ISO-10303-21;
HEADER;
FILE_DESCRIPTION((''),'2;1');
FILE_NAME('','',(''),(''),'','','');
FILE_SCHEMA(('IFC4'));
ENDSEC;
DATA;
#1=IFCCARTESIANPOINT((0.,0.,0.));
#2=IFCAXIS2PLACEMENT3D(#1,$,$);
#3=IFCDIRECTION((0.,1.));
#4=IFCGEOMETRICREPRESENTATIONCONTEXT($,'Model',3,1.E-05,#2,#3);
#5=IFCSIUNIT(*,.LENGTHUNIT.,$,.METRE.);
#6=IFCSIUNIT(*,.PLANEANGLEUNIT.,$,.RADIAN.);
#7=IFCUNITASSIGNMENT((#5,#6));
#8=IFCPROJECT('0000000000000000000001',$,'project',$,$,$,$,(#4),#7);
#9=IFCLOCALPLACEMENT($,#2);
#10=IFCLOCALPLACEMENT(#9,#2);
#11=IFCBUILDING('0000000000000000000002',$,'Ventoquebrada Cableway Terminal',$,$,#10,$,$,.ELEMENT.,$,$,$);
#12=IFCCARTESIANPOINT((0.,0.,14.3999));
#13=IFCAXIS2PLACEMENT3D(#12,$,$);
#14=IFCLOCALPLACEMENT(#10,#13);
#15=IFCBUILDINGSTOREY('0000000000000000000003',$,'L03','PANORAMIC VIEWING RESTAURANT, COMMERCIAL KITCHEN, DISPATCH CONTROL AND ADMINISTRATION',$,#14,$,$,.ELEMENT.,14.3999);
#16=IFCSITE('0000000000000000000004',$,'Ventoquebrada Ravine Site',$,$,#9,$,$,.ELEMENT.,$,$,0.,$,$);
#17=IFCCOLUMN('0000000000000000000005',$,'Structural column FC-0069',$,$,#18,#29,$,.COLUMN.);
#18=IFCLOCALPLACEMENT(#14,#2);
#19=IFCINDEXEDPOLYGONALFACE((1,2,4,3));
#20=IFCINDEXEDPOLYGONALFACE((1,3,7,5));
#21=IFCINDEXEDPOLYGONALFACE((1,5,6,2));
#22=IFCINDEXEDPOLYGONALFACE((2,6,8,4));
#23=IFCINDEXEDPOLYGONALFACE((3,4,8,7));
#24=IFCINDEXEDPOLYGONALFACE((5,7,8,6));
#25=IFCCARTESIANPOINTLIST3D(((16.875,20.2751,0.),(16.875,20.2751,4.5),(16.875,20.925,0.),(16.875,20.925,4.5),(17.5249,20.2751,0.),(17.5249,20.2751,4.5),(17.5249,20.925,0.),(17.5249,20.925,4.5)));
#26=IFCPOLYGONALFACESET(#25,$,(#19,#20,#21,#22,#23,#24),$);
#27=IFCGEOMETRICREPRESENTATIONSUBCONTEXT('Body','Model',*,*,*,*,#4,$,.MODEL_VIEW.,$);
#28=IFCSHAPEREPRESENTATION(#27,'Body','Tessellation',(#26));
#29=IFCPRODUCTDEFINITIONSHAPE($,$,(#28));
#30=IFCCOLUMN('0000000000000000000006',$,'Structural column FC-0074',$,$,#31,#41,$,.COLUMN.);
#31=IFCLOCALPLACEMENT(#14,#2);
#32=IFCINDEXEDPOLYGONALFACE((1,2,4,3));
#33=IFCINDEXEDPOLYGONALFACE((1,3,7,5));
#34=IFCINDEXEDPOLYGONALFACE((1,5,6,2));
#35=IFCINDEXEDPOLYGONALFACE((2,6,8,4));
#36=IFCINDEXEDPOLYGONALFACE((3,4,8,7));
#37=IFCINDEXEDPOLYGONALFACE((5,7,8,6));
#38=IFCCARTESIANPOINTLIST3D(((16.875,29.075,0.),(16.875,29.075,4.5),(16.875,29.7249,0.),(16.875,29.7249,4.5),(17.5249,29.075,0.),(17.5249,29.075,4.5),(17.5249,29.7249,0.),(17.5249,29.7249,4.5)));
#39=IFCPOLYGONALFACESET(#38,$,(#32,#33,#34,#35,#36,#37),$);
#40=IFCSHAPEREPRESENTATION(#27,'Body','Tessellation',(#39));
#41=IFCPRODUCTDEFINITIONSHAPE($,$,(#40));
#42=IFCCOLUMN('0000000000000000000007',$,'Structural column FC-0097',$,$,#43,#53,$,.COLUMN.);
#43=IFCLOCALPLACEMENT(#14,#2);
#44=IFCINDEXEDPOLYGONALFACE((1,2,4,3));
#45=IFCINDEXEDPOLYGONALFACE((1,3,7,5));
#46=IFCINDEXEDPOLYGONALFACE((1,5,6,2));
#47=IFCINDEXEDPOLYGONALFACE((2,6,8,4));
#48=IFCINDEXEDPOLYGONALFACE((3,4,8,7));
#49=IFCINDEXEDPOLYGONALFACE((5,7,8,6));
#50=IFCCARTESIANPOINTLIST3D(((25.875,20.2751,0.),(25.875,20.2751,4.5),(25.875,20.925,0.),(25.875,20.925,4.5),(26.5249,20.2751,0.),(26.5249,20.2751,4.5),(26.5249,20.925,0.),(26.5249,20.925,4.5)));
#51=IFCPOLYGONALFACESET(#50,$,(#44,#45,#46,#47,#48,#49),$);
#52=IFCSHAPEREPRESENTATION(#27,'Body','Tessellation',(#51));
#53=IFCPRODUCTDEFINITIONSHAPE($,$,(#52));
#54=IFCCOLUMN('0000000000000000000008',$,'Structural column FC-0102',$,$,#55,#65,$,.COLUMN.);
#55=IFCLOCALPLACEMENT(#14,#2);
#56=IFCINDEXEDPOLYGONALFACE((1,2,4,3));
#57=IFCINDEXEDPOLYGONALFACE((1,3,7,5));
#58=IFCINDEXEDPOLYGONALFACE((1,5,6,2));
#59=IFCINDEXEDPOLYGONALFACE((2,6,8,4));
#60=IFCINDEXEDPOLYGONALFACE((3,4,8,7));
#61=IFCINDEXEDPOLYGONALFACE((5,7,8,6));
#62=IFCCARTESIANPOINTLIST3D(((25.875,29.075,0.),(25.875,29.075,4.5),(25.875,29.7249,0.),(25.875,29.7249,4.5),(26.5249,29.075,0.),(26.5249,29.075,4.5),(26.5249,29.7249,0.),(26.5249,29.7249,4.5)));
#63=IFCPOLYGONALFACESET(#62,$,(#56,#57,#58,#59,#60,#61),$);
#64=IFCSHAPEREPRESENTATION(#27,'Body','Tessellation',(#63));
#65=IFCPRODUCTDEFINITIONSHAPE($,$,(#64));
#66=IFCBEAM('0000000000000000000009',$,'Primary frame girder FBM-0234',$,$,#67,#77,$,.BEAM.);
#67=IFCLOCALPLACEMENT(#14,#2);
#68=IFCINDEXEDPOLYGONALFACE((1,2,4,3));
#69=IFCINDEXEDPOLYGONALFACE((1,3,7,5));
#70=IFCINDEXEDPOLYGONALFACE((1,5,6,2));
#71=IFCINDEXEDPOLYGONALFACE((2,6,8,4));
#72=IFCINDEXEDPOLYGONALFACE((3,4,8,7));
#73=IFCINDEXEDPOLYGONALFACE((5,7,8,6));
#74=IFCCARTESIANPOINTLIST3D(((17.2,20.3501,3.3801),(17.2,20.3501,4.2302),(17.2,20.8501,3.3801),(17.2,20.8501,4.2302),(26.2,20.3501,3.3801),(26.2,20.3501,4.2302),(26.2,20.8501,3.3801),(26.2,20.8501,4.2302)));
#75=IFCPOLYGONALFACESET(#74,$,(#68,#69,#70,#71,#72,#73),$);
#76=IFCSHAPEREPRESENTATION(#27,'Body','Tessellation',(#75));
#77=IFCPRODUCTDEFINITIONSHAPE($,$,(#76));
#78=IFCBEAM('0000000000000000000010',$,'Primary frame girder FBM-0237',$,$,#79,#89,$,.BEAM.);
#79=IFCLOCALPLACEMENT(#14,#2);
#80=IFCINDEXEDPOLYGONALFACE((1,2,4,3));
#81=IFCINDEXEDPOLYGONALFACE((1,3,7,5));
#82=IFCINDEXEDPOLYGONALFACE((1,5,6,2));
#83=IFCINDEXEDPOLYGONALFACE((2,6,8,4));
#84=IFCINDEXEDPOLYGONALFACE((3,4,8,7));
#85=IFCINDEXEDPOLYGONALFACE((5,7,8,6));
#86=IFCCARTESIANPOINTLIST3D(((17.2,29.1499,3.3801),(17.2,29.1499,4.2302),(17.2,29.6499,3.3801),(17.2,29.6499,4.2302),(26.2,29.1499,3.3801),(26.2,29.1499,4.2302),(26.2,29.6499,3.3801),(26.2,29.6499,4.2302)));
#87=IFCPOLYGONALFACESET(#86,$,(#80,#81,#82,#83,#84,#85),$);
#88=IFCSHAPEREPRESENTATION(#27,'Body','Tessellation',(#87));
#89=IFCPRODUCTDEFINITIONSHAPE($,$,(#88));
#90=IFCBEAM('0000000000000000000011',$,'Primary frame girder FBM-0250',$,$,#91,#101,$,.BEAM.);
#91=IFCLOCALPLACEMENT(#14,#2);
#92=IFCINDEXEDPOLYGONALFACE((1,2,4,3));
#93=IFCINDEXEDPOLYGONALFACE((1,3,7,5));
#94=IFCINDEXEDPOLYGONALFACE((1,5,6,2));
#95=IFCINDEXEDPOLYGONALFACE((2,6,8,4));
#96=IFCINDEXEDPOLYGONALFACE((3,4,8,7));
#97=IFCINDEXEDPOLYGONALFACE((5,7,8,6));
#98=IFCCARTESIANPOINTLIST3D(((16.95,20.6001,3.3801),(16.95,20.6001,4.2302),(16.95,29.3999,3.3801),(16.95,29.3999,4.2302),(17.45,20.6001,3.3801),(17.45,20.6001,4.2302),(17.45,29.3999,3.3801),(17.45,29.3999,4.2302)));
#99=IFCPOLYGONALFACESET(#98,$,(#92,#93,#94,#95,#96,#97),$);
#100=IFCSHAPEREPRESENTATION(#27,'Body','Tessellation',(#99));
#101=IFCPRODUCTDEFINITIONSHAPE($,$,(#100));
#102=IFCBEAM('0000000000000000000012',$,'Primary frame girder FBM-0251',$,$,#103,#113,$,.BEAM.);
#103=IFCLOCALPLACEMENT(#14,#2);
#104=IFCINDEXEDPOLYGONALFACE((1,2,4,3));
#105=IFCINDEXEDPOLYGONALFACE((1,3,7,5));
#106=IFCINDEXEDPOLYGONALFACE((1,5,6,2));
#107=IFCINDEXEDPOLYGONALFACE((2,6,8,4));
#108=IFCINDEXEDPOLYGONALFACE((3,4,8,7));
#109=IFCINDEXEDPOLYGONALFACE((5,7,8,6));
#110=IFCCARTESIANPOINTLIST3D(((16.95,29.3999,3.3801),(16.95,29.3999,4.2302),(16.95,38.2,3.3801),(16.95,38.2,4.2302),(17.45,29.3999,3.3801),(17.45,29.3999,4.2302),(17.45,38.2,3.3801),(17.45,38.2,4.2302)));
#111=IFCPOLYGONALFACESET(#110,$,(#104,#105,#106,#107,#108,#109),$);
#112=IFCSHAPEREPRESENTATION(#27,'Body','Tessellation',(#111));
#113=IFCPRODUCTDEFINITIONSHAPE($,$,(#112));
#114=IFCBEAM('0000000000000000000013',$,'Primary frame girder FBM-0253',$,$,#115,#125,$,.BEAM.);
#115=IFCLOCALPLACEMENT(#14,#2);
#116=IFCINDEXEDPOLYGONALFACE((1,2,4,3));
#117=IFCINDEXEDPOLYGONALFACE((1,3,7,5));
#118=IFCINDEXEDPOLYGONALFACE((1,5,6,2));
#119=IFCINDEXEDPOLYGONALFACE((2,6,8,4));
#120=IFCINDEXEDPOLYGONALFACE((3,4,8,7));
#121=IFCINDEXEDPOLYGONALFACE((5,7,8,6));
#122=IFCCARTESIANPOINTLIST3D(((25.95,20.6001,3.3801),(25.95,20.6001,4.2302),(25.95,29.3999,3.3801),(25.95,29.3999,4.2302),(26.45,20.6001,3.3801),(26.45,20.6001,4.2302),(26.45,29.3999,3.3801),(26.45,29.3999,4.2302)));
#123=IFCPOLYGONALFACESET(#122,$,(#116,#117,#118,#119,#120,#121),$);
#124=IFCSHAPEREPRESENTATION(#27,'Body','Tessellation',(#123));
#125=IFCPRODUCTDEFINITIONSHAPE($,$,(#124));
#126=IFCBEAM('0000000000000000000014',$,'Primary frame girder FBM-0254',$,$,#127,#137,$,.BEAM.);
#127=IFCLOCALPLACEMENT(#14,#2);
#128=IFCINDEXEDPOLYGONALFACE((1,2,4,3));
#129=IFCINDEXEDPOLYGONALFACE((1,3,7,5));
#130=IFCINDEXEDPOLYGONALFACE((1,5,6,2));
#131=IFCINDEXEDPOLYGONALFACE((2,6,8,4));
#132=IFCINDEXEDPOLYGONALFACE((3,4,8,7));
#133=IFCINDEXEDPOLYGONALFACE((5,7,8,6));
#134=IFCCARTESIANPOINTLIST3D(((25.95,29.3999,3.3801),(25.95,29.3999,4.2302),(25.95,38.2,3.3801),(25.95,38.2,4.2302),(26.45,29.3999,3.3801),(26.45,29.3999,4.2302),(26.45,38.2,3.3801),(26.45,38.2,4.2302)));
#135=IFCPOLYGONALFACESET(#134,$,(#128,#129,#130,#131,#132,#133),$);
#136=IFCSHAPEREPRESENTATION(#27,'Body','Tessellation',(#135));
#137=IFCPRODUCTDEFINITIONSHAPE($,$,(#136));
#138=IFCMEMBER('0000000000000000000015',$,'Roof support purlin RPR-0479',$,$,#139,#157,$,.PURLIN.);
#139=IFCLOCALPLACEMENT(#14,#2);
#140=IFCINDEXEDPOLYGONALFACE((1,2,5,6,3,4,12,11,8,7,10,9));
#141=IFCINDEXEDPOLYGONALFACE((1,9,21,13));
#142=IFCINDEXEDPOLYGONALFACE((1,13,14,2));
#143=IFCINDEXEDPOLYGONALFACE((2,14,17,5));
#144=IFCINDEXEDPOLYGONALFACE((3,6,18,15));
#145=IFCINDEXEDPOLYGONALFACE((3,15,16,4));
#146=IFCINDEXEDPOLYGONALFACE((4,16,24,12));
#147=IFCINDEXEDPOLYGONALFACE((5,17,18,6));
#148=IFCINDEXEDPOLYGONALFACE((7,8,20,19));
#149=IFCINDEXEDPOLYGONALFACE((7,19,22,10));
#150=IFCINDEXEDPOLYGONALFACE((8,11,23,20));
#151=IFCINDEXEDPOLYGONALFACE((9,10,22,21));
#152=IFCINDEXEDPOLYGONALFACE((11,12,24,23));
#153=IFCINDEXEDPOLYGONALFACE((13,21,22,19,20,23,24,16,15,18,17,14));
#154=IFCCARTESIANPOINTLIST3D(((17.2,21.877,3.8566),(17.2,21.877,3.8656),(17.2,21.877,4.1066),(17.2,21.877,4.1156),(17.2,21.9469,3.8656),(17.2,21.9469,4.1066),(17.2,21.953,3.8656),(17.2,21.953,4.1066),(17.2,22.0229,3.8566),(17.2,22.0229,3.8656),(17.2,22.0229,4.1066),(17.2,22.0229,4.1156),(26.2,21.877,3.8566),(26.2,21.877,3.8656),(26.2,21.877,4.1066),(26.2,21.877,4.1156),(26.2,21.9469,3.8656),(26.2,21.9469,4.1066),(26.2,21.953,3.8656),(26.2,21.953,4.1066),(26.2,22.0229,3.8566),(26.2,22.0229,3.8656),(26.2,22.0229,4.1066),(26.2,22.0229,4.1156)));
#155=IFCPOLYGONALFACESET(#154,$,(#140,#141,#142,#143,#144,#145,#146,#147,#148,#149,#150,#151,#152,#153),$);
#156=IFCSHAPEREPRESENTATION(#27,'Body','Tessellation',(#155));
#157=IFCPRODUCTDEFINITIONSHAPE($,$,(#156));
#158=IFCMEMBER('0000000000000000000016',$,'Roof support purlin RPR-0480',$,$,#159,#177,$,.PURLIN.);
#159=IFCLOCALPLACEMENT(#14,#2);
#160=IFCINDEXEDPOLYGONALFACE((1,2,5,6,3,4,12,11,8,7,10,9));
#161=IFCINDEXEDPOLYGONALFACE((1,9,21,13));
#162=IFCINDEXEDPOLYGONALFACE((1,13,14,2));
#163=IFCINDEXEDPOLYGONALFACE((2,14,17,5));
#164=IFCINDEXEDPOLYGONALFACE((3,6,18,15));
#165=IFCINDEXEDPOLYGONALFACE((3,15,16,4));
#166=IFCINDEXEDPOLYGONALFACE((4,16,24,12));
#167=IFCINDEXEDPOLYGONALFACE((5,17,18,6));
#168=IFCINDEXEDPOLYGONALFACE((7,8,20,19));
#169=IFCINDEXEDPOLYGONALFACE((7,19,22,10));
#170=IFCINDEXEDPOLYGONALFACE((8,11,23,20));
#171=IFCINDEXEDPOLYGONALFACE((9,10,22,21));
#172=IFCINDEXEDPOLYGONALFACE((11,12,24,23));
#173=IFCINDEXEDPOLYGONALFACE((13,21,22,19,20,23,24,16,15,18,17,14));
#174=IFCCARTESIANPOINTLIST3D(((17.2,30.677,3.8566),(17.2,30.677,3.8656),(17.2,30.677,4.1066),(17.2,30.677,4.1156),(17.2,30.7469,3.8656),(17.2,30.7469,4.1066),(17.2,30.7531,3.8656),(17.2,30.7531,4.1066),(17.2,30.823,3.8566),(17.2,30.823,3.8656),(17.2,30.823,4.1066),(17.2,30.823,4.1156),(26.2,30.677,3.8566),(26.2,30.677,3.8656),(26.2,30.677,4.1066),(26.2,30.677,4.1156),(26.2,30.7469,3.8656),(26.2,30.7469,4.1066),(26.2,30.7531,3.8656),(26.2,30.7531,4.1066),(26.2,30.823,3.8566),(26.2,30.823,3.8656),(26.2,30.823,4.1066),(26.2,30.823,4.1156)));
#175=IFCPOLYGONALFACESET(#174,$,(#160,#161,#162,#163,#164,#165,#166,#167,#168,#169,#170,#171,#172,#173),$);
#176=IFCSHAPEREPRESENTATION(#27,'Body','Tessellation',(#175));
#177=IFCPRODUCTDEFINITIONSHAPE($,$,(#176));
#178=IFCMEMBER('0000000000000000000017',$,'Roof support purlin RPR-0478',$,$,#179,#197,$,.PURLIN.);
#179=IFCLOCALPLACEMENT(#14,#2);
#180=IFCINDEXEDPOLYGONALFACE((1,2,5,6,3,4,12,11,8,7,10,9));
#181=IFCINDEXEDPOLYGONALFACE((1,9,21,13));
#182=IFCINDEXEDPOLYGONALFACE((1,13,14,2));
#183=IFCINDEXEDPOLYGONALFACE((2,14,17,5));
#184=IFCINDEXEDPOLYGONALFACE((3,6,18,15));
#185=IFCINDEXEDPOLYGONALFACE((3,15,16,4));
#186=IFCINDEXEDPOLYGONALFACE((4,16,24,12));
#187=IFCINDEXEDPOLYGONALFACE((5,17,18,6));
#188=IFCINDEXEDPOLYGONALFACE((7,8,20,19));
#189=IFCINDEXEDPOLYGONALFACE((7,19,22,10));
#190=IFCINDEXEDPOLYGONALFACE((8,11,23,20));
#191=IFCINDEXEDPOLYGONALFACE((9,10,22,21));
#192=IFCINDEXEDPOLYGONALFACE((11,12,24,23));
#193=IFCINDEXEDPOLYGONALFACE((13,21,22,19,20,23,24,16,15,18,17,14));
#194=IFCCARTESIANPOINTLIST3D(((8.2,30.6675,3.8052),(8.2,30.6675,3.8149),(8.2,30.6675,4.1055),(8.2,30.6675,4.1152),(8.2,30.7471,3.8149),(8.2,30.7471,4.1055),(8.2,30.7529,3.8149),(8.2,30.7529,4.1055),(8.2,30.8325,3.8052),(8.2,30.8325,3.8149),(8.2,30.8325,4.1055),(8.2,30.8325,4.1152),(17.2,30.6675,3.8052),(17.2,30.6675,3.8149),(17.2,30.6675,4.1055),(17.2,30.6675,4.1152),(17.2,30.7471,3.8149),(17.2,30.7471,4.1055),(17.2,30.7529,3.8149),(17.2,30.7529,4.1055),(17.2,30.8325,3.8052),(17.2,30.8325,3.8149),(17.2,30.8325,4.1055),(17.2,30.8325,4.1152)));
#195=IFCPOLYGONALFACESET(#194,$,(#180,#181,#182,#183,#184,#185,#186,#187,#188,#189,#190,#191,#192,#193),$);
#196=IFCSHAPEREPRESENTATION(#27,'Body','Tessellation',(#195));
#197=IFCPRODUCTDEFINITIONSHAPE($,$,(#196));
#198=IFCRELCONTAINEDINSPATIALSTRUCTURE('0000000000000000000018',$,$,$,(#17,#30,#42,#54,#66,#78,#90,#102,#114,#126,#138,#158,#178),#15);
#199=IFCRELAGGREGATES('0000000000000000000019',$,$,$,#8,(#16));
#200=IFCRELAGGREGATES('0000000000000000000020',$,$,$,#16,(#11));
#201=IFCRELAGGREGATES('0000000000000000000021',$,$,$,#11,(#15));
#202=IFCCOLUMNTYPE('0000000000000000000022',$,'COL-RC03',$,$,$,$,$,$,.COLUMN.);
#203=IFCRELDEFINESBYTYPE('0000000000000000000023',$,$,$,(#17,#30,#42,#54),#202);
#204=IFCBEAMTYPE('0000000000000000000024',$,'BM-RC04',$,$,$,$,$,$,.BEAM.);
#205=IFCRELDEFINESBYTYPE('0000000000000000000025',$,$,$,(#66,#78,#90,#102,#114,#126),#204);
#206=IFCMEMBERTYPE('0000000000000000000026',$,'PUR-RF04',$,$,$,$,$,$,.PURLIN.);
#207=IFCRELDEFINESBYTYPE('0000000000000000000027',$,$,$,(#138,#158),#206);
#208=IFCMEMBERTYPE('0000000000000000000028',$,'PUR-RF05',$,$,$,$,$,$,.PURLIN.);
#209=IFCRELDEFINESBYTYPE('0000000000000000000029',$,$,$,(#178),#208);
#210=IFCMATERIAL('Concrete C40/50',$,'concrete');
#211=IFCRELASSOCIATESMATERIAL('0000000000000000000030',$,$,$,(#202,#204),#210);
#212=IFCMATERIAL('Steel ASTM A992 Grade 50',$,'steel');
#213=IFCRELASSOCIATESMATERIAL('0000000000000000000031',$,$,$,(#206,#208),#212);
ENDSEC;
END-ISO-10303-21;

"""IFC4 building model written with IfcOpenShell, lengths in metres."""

from ifc_helpers import new_model, si_unit, direction, frame, origin, origin_2d, place, context, subcontext, project, spatial, rectangle, i_section, extrude, material, material_profile, profile_set, type_object, element, save


model = new_model("IFC4")

# Units and contexts
model_context = context("Model", 3, precision=1e-05, world=origin(), true_north=direction((0.0, 1.0)))
body_context = subcontext(model_context, "Body", "Model", "MODEL_VIEW")
ifc_project = project(units=[si_unit("LENGTHUNIT", "METRE"), si_unit("PLANEANGLEUNIT", "RADIAN")], contexts=[model_context])

# Site, building, storey
site_placement = place(None, origin())
site = spatial("IfcSite", under=ifc_project, at=site_placement, Name="Ventoquebrada Ravine Site", CompositionType="ELEMENT", RefElevation=0.0)
building_placement = place(site_placement, origin())
building = spatial("IfcBuilding", under=site, at=building_placement, Name="Ventoquebrada Cableway Terminal", CompositionType="ELEMENT")
storey_placement = place(building_placement, frame((0.0, 0.0, 14.3999)))
storey = spatial("IfcBuildingStorey", under=building, at=storey_placement, Name="L03", Description="PANORAMIC VIEWING RESTAURANT, COMMERCIAL KITCHEN, DISPATCH CONTROL AND ADMINISTRATION", CompositionType="ELEMENT", Elevation=14.3999)

# Columns
ifc_material_1 = material(Name="Concrete C40/50", Category="concrete")
ifc_material_profile_1 = material_profile(ifc_material_1, rectangle(XDim=0.6499, YDim=0.6499, at=origin_2d()), Name="RC-COL-650X650")
ifc_profile_set_1 = profile_set([ifc_material_profile_1], Name="Concrete C40/50")
column_type = type_object("IfcColumnType", Name="COL-RC03", PredefinedType="COLUMN", material=ifc_profile_set_1)
for number, where, z_axis, x_axis, name in (
    (1, (17.2, 20.6001, 0.0), (0.0, 0.0, 1.0), (1.0, 0.0, 0.0), "Structural column FC-0069"),
    (2, (17.2, 29.3999, 0.0), (0.0, 0.0, 1.0), (1.0, 0.0, 0.0), "Structural column FC-0074"),
    (3, (26.2, 20.6001, 0.0), (0.0, 0.0, 1.0), (1.0, 0.0, 0.0), "Structural column FC-0097"),
    (4, (26.2, 29.3999, 0.0), (0.0, 0.0, 1.0), (1.0, 0.0, 0.0), "Structural column FC-0102"),
):
    element("IfcColumn", number, at=place(storey_placement, frame(where, z_axis=z_axis, x_axis=x_axis)), inside=storey, type_object=column_type, Name=name, PredefinedType="COLUMN", context=body_context, shape_type="SweptSolid", body=[
        extrude(rectangle(XDim=0.6499, YDim=0.6499, at=origin_2d()), origin(), (0.0, 0.0, 1.0), 4.5),
    ])

# Beams
ifc_material_profile_2 = material_profile(ifc_material_1, rectangle(XDim=0.5, YDim=0.8501, at=origin_2d()), Name="RC-BM-500X850")
ifc_profile_set_2 = profile_set([ifc_material_profile_2], Name="Concrete C40/50")
beam_type = type_object("IfcBeamType", Name="BM-RC04", PredefinedType="BEAM", material=ifc_profile_set_2)
for number, where, z_axis, x_axis, name in (
    (5, (17.2, 20.6001, 3.8052), (1.0, 0.0, 0.0), (0.0, 1.0, 0.0), "Primary frame girder FBM-0234"),
    (6, (17.2, 29.3999, 3.8052), (1.0, 0.0, 0.0), (0.0, 1.0, 0.0), "Primary frame girder FBM-0237"),
):
    element("IfcBeam", number, at=place(storey_placement, frame(where, z_axis=z_axis, x_axis=x_axis)), inside=storey, type_object=beam_type, Name=name, PredefinedType="BEAM", context=body_context, shape_type="SweptSolid", body=[
        extrude(rectangle(XDim=0.5, YDim=0.8501, at=origin_2d()), origin(), (0.0, 0.0, 1.0), 9.0),
    ])
beam_1_placement = place(storey_placement, frame((17.2, 20.6001, 3.8052), z_axis=(0.0, 1.0, 0.0), x_axis=(-1.0, 0.0, 0.0)))
element("IfcBeam", 7, at=beam_1_placement, inside=storey, type_object=beam_type, Name="Primary frame girder FBM-0250", PredefinedType="BEAM", context=body_context, shape_type="SweptSolid", body=[
    extrude(rectangle(XDim=0.5, YDim=0.8501, at=origin_2d()), origin(), (0.0, 0.0, 1.0), 8.7998),
])
beam_2_placement = place(storey_placement, frame((17.2, 29.3999, 3.8052), z_axis=(0.0, 1.0, 0.0), x_axis=(-1.0, 0.0, 0.0)))
element("IfcBeam", 8, at=beam_2_placement, inside=storey, type_object=beam_type, Name="Primary frame girder FBM-0251", PredefinedType="BEAM", context=body_context, shape_type="SweptSolid", body=[
    extrude(rectangle(XDim=0.5, YDim=0.8501, at=origin_2d()), origin(), (0.0, 0.0, 1.0), 8.8),
])
beam_3_placement = place(storey_placement, frame((26.2, 20.6001, 3.8052), z_axis=(0.0, 1.0, 0.0), x_axis=(-1.0, 0.0, 0.0)))
element("IfcBeam", 9, at=beam_3_placement, inside=storey, type_object=beam_type, Name="Primary frame girder FBM-0253", PredefinedType="BEAM", context=body_context, shape_type="SweptSolid", body=[
    extrude(rectangle(XDim=0.5, YDim=0.8501, at=origin_2d()), origin(), (0.0, 0.0, 1.0), 8.7998),
])
beam_4_placement = place(storey_placement, frame((26.2, 29.3999, 3.8052), z_axis=(0.0, 1.0, 0.0), x_axis=(-1.0, 0.0, 0.0)))
element("IfcBeam", 10, at=beam_4_placement, inside=storey, type_object=beam_type, Name="Primary frame girder FBM-0254", PredefinedType="BEAM", context=body_context, shape_type="SweptSolid", body=[
    extrude(rectangle(XDim=0.5, YDim=0.8501, at=origin_2d()), origin(), (0.0, 0.0, 1.0), 8.8),
])

# Members
ifc_material_2 = material(Name="Steel ASTM A992 Grade 50", Category="steel")
ifc_material_profile_3 = material_profile(ifc_material_2, i_section(OverallWidth=0.146, OverallDepth=0.259, WebThickness=0.0061, FlangeThickness=0.009, at=origin_2d()), Name="W10X22")
ifc_profile_set_3 = profile_set([ifc_material_profile_3], Name="Steel ASTM A992 Grade 50")
member_type_1 = type_object("IfcMemberType", Name="PUR-RF04", PredefinedType="PURLIN", material=ifc_profile_set_3)
for number, where, z_axis, x_axis, name in (
    (11, (17.2, 21.95, 3.9861), (1.0, 0.0, 0.0), (0.0, 1.0, 0.0), "Roof support purlin RPR-0479"),
    (12, (17.2, 30.75, 3.9861), (1.0, 0.0, 0.0), (0.0, 1.0, 0.0), "Roof support purlin RPR-0480"),
):
    element("IfcMember", number, at=place(storey_placement, frame(where, z_axis=z_axis, x_axis=x_axis)), inside=storey, type_object=member_type_1, Name=name, PredefinedType="PURLIN", context=body_context, shape_type="SweptSolid", body=[
        extrude(i_section(OverallWidth=0.146, OverallDepth=0.259, WebThickness=0.0061, FlangeThickness=0.009, at=origin_2d()), origin(), (0.0, 0.0, 1.0), 9.0),
    ])
ifc_material_profile_4 = material_profile(ifc_material_2, i_section(OverallWidth=0.165, OverallDepth=0.3101, WebThickness=0.0059, FlangeThickness=0.0098, at=origin_2d()), Name="W12X26")
ifc_profile_set_4 = profile_set([ifc_material_profile_4], Name="Steel ASTM A992 Grade 50")
member_type_2 = type_object("IfcMemberType", Name="PUR-RF05", PredefinedType="PURLIN", material=ifc_profile_set_4)
member_placement = place(storey_placement, frame((8.2, 30.75, 3.9602), z_axis=(1.0, 0.0, 0.0), x_axis=(0.0, 1.0, 0.0)))
element("IfcMember", 13, at=member_placement, inside=storey, type_object=member_type_2, Name="Roof support purlin RPR-0478", PredefinedType="PURLIN", context=body_context, shape_type="SweptSolid", body=[
    extrude(i_section(OverallWidth=0.165, OverallDepth=0.3101, WebThickness=0.0059, FlangeThickness=0.0098, at=origin_2d()), origin(), (0.0, 0.0, 1.0), 9.0),
])

save(model, "model.ifc")
